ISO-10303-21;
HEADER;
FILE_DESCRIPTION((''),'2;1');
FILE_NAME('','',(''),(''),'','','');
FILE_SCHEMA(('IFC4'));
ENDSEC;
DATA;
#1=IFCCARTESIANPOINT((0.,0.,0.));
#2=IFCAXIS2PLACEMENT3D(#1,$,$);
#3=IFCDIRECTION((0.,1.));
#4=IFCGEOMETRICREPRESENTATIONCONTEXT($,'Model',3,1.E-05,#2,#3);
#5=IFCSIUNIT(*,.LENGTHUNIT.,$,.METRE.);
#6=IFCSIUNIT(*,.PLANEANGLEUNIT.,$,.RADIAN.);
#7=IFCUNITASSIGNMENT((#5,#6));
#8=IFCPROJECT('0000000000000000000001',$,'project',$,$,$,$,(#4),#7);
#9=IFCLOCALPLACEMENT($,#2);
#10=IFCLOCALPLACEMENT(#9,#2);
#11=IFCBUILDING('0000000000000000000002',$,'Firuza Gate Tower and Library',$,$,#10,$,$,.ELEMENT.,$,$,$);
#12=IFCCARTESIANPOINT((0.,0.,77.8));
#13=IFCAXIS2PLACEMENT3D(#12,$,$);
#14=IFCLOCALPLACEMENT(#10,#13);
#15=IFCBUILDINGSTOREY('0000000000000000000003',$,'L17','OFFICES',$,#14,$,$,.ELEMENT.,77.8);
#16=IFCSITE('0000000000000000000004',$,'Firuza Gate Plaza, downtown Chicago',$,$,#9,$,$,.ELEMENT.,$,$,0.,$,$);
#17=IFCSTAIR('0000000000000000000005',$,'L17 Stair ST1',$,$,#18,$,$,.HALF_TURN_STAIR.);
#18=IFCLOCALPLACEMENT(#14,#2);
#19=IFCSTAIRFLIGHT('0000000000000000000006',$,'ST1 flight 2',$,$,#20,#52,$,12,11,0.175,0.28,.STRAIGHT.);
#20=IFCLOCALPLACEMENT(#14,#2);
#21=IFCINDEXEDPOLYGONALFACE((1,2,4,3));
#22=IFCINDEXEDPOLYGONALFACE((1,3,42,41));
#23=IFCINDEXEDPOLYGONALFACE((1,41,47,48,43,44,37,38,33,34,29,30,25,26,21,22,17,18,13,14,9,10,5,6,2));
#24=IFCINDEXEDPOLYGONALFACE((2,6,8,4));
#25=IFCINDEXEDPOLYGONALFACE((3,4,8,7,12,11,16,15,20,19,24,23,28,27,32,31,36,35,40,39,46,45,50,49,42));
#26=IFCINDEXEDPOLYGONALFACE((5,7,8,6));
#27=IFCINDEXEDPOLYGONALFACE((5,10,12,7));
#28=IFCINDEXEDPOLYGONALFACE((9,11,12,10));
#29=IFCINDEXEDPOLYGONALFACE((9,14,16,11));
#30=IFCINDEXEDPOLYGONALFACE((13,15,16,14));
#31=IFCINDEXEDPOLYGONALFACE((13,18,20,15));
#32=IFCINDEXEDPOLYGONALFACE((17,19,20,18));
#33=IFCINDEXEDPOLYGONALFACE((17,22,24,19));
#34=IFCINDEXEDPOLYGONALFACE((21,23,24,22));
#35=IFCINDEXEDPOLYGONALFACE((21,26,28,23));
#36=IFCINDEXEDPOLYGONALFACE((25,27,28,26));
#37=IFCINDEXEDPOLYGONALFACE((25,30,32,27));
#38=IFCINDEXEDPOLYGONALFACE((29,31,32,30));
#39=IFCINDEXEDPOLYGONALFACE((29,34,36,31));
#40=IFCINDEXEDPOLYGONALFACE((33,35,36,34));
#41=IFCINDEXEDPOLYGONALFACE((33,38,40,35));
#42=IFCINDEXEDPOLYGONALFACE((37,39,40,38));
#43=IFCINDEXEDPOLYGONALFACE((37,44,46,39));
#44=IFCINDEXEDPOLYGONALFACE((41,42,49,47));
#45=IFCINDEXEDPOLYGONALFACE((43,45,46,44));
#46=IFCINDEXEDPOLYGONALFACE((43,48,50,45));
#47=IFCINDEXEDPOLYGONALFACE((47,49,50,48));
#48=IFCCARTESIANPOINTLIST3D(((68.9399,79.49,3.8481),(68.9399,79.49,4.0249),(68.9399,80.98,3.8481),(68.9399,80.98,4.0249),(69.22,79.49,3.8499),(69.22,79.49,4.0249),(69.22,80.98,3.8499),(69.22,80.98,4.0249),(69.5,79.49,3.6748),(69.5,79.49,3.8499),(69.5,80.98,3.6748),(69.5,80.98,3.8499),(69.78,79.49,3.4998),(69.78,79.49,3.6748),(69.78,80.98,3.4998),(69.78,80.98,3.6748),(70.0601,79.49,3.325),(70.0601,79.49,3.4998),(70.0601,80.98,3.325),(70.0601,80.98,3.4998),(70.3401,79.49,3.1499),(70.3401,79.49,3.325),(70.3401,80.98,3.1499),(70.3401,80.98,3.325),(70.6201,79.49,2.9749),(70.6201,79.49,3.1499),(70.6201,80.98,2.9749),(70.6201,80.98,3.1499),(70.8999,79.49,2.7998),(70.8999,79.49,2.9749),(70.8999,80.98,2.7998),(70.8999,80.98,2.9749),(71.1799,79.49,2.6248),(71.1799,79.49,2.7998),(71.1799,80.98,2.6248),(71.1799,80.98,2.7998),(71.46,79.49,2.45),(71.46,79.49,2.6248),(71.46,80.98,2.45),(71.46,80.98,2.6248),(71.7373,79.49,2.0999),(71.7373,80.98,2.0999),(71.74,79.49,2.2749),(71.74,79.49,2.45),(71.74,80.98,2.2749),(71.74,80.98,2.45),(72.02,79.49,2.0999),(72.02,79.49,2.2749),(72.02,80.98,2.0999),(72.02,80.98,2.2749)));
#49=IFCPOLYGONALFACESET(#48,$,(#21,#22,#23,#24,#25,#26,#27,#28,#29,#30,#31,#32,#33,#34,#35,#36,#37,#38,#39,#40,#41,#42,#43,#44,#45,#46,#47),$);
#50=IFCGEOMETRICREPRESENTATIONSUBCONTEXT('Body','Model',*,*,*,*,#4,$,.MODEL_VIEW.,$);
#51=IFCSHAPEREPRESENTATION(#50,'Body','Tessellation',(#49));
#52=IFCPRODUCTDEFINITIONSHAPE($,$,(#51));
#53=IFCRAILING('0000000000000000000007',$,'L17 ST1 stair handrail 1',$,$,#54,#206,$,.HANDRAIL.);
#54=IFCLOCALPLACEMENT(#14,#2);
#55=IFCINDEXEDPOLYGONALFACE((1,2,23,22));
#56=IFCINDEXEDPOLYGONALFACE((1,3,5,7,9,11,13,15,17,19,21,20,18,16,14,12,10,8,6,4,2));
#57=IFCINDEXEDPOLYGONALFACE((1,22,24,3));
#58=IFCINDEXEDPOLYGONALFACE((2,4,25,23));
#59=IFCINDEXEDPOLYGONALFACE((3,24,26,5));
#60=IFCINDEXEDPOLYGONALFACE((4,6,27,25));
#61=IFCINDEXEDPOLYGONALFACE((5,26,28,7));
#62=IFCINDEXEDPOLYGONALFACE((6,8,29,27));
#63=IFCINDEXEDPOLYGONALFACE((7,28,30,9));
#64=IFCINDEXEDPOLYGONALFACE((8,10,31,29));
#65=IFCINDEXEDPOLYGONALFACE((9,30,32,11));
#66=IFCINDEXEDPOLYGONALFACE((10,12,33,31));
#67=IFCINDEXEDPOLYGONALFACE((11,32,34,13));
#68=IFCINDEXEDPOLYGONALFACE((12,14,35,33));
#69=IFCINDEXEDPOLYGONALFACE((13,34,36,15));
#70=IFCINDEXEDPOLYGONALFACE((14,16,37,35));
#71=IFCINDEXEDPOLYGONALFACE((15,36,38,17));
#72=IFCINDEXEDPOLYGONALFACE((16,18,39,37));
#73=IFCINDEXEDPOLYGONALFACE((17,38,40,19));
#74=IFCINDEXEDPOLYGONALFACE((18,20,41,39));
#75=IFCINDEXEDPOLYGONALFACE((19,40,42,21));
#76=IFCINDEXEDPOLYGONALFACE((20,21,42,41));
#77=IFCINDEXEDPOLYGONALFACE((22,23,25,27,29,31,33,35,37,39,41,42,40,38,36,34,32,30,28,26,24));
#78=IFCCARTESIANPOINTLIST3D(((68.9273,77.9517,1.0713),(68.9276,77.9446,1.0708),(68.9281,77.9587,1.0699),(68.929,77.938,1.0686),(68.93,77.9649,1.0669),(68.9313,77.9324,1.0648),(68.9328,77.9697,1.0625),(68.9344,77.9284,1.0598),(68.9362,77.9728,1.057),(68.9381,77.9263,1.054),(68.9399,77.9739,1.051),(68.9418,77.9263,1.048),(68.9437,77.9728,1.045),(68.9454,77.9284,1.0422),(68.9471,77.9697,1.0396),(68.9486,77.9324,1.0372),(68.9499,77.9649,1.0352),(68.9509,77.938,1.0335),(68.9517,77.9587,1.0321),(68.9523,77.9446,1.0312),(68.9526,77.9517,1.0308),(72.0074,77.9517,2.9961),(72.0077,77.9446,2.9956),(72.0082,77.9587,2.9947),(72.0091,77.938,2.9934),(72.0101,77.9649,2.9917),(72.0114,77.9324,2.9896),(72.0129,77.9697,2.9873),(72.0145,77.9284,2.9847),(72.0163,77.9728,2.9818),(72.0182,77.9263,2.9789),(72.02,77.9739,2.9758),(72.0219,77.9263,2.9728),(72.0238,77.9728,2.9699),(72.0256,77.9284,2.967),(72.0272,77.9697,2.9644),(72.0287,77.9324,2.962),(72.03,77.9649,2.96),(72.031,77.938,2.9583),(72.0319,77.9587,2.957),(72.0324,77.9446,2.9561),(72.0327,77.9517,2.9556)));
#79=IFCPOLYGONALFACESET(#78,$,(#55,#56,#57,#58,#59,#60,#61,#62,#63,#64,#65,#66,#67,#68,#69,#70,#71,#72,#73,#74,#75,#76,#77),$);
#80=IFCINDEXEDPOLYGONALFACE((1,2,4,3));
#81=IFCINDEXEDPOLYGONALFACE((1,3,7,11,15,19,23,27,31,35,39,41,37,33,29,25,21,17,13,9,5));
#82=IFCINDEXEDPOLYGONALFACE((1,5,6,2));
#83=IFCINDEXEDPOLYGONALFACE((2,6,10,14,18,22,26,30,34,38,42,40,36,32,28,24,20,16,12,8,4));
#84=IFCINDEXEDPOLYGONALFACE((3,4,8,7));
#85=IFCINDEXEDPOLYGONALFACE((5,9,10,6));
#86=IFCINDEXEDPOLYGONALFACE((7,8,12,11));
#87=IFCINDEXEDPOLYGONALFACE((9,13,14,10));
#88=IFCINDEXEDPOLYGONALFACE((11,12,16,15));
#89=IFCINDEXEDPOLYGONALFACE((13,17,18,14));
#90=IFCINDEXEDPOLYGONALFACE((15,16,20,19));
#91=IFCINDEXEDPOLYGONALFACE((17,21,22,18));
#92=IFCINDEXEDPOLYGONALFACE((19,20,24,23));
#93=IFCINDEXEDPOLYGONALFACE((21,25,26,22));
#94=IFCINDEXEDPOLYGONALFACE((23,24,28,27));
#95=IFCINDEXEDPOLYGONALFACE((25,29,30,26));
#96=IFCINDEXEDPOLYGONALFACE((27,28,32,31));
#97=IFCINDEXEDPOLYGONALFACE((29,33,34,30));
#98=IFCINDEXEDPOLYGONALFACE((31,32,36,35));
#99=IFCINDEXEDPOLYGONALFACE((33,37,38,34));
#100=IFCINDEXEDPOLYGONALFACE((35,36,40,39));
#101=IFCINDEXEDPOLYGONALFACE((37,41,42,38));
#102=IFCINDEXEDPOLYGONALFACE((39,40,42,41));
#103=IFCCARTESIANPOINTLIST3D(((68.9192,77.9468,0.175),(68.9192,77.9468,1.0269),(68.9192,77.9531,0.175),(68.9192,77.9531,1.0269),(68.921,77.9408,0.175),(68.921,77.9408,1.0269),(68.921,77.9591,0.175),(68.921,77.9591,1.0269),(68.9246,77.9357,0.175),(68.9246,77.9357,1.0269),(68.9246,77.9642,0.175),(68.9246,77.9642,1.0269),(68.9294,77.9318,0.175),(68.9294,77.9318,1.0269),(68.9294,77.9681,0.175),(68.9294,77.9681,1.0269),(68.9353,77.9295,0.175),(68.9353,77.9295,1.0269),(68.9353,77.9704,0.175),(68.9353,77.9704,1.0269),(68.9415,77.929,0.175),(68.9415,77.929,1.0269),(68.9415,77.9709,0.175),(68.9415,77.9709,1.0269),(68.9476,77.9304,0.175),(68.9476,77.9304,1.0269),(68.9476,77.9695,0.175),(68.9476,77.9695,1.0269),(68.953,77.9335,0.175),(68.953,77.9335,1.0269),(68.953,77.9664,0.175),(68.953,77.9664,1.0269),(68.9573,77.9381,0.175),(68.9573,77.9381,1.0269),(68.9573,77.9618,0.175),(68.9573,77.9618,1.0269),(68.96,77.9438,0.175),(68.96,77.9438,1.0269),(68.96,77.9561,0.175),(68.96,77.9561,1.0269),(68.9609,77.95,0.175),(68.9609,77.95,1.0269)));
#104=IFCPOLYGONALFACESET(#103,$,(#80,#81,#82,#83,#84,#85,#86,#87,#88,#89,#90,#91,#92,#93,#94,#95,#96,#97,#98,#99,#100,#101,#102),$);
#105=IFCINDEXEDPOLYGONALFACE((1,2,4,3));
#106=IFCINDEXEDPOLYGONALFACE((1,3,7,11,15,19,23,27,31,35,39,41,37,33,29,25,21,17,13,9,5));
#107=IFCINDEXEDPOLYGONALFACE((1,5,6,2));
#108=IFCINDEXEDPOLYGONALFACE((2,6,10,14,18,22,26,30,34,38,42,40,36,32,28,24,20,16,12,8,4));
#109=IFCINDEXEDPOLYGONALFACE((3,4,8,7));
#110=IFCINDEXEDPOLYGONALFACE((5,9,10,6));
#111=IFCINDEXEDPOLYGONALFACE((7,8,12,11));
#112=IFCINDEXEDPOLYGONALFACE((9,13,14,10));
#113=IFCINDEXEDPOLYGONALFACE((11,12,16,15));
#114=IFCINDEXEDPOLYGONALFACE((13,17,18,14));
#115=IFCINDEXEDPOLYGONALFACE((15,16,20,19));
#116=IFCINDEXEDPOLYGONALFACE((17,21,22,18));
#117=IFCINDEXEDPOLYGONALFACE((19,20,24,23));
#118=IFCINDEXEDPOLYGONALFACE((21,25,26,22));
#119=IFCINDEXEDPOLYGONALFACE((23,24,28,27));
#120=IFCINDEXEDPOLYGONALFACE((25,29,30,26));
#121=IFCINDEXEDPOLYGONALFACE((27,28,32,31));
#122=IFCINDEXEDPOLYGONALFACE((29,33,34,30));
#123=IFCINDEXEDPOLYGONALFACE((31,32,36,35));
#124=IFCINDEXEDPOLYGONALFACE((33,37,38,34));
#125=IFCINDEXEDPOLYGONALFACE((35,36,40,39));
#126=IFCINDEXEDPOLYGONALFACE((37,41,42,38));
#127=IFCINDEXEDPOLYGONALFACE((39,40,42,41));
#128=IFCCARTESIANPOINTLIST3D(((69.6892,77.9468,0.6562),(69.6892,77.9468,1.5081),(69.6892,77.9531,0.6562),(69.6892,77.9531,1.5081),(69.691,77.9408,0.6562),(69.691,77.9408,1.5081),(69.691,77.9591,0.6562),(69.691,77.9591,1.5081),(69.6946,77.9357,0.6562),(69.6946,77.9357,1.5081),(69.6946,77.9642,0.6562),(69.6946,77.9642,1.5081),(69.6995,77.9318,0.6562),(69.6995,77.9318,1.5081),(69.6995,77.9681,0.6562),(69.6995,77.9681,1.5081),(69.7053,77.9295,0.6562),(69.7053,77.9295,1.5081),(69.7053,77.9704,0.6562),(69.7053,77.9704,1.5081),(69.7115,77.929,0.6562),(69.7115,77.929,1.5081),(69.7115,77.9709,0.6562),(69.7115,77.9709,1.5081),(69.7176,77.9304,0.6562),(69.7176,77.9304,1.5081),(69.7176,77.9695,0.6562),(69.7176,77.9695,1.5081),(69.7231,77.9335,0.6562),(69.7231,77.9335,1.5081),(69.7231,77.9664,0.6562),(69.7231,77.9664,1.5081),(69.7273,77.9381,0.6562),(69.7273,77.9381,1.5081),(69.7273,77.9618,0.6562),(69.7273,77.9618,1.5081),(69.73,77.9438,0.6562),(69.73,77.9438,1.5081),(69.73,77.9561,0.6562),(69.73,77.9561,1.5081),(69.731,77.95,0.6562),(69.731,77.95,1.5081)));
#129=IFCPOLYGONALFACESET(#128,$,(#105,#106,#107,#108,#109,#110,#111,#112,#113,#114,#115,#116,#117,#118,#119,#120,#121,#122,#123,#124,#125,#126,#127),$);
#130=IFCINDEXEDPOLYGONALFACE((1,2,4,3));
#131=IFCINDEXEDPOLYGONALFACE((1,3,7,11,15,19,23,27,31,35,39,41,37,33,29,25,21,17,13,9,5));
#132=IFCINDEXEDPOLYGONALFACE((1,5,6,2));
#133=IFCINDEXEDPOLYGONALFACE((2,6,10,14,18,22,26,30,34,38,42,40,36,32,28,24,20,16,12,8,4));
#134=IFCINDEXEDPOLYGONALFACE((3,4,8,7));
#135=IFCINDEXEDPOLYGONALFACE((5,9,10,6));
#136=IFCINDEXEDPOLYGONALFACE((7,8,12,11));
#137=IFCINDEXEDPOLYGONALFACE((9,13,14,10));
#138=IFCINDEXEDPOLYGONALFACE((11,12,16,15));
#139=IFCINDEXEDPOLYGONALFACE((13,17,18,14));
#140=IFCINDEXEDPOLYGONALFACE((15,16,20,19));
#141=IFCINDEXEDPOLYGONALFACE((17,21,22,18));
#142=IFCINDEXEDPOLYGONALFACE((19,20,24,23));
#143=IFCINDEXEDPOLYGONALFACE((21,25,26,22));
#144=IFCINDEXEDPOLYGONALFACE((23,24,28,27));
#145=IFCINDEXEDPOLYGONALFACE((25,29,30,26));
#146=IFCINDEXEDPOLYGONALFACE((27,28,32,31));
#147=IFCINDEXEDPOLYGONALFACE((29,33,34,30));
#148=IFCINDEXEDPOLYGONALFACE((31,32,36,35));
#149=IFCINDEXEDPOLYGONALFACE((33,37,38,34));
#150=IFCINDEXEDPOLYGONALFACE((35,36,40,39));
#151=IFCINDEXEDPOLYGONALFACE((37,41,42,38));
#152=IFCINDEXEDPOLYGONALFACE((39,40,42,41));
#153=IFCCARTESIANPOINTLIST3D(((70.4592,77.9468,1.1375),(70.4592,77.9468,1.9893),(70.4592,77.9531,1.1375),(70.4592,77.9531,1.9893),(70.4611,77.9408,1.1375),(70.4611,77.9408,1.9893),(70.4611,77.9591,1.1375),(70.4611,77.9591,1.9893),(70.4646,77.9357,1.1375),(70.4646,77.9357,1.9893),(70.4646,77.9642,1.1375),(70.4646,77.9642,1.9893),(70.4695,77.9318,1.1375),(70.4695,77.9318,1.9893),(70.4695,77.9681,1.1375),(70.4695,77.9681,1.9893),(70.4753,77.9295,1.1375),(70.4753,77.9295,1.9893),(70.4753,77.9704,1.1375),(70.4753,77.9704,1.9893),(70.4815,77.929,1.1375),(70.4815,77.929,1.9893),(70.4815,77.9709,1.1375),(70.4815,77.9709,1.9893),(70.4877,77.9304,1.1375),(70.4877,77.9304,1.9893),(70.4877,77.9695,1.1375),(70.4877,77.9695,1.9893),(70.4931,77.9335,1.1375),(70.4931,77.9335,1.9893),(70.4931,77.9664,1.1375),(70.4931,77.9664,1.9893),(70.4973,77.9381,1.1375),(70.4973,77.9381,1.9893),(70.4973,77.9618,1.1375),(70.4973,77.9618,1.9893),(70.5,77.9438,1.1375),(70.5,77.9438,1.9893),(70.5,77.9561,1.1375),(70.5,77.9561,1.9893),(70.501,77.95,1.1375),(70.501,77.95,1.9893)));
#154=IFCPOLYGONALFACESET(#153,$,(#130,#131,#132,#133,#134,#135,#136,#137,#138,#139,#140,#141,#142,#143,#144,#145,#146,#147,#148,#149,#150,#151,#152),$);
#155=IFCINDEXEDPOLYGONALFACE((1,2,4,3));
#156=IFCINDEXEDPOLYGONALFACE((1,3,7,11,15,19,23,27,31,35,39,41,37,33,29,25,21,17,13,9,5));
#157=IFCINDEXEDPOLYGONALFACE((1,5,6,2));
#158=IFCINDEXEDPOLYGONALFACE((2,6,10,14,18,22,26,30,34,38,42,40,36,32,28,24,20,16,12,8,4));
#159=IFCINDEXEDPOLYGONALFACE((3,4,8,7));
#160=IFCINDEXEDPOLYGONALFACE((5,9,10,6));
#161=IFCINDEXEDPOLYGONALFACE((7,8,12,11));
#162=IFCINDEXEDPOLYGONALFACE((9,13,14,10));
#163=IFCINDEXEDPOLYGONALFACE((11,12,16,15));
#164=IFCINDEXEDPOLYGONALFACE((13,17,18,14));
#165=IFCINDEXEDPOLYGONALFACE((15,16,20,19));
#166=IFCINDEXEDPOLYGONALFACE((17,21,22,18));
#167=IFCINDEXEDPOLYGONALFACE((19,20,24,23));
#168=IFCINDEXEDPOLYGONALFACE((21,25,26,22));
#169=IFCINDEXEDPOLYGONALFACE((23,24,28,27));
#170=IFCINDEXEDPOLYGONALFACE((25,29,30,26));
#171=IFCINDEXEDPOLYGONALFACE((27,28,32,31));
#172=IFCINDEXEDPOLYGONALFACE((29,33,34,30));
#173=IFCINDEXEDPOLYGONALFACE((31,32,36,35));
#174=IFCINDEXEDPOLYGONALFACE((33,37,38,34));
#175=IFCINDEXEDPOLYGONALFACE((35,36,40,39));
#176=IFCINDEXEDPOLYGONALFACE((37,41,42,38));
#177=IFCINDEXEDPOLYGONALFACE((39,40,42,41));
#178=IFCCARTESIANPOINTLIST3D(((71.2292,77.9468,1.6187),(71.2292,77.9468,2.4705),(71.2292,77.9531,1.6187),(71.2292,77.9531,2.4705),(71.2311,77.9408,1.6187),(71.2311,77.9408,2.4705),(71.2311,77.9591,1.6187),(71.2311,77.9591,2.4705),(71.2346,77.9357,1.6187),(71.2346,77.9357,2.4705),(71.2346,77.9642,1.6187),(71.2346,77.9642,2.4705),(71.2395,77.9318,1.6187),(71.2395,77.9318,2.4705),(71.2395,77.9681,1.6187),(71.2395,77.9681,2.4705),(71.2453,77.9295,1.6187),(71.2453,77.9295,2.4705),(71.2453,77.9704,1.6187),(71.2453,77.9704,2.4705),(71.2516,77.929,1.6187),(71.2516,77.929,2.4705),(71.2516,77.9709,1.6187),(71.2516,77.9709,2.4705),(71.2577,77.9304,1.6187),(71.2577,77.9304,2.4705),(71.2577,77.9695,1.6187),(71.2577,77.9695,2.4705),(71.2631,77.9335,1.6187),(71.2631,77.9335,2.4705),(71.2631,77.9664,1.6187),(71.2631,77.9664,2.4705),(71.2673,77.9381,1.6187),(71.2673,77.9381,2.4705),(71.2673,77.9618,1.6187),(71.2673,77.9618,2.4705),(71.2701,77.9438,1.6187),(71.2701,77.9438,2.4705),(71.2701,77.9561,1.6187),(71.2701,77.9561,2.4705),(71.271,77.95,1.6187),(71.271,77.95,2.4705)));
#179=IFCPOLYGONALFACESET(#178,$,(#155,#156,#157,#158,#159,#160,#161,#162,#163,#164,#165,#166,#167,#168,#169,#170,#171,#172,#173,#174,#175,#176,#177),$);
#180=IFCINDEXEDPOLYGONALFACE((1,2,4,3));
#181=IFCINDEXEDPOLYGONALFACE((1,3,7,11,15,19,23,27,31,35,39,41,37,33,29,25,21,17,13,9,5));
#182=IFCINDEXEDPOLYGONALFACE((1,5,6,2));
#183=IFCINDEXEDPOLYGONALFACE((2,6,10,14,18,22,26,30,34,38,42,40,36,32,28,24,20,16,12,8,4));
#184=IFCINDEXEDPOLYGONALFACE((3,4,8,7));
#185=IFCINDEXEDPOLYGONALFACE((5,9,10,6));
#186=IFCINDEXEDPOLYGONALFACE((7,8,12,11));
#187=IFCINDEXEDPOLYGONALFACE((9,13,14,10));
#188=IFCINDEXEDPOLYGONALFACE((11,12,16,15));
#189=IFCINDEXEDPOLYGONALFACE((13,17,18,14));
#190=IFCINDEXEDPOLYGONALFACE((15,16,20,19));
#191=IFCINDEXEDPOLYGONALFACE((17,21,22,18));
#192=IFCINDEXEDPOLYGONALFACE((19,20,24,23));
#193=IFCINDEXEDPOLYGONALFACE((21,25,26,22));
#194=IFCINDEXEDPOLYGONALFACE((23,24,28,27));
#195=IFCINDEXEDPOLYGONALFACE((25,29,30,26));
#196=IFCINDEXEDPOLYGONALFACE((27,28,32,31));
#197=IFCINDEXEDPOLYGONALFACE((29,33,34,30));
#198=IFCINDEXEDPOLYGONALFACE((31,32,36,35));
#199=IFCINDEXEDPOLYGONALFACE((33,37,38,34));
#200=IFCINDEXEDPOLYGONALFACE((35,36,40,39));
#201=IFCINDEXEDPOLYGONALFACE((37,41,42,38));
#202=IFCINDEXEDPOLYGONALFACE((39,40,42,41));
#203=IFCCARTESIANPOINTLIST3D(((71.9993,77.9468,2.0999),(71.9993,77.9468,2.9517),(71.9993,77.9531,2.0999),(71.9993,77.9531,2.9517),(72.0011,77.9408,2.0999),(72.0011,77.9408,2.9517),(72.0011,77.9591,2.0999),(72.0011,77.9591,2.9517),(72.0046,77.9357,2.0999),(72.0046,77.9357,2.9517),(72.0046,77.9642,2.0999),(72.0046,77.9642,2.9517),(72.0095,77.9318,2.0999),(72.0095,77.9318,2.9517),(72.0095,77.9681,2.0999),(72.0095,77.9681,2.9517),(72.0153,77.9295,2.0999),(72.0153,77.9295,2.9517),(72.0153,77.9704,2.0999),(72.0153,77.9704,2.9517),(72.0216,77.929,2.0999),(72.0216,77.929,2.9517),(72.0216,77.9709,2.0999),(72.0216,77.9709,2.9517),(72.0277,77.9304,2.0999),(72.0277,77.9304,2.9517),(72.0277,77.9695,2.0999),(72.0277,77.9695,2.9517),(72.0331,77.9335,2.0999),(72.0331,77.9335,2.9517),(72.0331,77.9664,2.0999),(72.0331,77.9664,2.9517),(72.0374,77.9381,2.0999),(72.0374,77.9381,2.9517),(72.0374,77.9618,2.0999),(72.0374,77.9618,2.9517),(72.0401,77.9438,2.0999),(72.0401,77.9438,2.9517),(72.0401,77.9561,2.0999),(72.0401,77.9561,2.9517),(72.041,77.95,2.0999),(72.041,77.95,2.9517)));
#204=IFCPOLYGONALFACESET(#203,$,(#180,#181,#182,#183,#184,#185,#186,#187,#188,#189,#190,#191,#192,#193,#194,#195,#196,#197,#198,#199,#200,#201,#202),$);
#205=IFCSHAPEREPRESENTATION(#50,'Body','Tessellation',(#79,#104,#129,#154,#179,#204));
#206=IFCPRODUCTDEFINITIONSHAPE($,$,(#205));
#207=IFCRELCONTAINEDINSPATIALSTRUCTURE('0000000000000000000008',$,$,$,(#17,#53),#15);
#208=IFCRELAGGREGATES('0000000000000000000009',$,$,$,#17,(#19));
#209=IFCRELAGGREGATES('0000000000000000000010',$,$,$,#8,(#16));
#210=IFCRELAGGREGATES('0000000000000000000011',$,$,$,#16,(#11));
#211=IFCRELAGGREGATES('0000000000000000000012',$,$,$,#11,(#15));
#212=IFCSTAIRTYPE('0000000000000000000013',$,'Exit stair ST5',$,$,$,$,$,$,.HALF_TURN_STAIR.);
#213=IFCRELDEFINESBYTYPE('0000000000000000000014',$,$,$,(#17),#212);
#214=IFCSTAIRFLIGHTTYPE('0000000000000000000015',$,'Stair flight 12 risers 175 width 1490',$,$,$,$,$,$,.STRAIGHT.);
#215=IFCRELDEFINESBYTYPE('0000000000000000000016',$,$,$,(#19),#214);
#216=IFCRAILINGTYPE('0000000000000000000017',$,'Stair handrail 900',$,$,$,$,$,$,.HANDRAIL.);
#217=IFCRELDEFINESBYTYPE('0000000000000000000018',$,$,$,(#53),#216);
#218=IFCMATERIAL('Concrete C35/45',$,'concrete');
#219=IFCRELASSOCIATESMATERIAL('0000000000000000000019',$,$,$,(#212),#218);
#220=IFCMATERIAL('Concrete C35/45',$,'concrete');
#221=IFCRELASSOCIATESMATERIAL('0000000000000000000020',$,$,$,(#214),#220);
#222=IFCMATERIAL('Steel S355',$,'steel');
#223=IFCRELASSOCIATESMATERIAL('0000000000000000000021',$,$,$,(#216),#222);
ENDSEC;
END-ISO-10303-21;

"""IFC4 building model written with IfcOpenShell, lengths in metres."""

from ifc_helpers import new_model, si_unit, direction, frame, origin, origin_2d, place, context, subcontext, project, spatial, polyline, circle, outline, extrude, material, type_object, element, aggregate, save


model = new_model("IFC4")

# Units and contexts
model_context = context("Model", 3, precision=1e-05, world=origin(), true_north=direction((0.0, 1.0)))
body_context = subcontext(model_context, "Body", "Model", "MODEL_VIEW")
ifc_project = project(units=[si_unit("LENGTHUNIT", "METRE"), si_unit("PLANEANGLEUNIT", "RADIAN")], contexts=[model_context])

# Site, building, storey
site_placement = place(None, origin())
site = spatial("IfcSite", under=ifc_project, at=site_placement, Name="Firuza Gate Plaza, downtown Chicago", CompositionType="ELEMENT", RefElevation=0.0)
building_placement = place(site_placement, origin())
building = spatial("IfcBuilding", under=site, at=building_placement, Name="Firuza Gate Tower and Library", CompositionType="ELEMENT")
storey_placement = place(building_placement, frame((0.0, 0.0, 77.8)))
storey = spatial("IfcBuildingStorey", under=building, at=storey_placement, Name="L17", Description="OFFICES", CompositionType="ELEMENT", Elevation=77.8)

# Stair, stair flight
ifc_material_1 = material(Name="Concrete C35/45", Category="concrete")
stair_type = type_object("IfcStairType", Name="Exit stair ST5", PredefinedType="HALF_TURN_STAIR", material=ifc_material_1)
stair_placement = place(storey_placement, origin())
stair = element("IfcStair", 1, at=stair_placement, inside=storey, type_object=stair_type, Name="L17 Stair ST1", PredefinedType="HALF_TURN_STAIR")
ifc_material_2 = material(Name="Concrete C35/45", Category="concrete")
stair_flight_type = type_object("IfcStairFlightType", Name="Stair flight 12 risers 175 width 1490", PredefinedType="STRAIGHT", material=ifc_material_2)
stair_flight_1_placement = place(storey_placement, frame((72.02, 80.2351, 2.0999), z_axis=(0.0, 0.0, 1.0), x_axis=(-1.0, 0.0, 0.0)))
stair_flight_1 = element("IfcStairFlight", 2, at=stair_flight_1_placement, type_object=stair_flight_type, Name="ST1 flight 2", NumberOfRisers=12, NumberOfTreads=11, PredefinedType="STRAIGHT", RiserHeight=0.175, TreadLength=0.28, context=body_context, shape_type="SweptSolid", body=[
    extrude(outline(polyline([(0.0, 0.0), (0.0, 0.175), (0.28, 0.175), (0.28, 0.3501), (0.5601, 0.3501), (0.5601, 0.5249), (0.8401, 0.5249), (0.8401, 0.7), (1.1201, 0.7), (1.1201, 0.875), (1.3999, 0.875), (1.3999, 1.05), (1.6799, 1.05), (1.6799, 1.2251), (1.96, 1.2251), (1.96, 1.3999), (2.24, 1.3999), (2.24, 1.575), (2.52, 1.575), (2.52, 1.75), (2.8, 1.75), (2.8, 1.925), (3.0801, 1.925), (3.0801, 2.1001), (3.0801, 1.7483), (0.2827, 0.0), (0.0, 0.0)])), frame((0.0, 0.7451, 0.0), z_axis=(0.0, -1.0, 0.0), x_axis=(1.0, 0.0, 0.0)), (0.0, 0.0, 1.0), 1.49),
])
aggregate(stair, [stair_flight_1])

# Railing
ifc_material_3 = material(Name="Steel S355", Category="steel")
railing_type_1 = type_object("IfcRailingType", Name="Stair handrail 900", PredefinedType="HANDRAIL", material=ifc_material_3)
railing_1_placement = place(storey_placement, frame((68.9399, 77.95, 0.175)))
element("IfcRailing", 3, at=railing_1_placement, inside=storey, type_object=railing_type_1, Name="L17 ST1 stair handrail 1", PredefinedType="HANDRAIL", context=body_context, shape_type="SweptSolid", body=[
    extrude(circle(Radius=0.0239, at=origin_2d()), frame((0.0, 0.0, 0.876), z_axis=(0.848029, 0.0, 0.529951), x_axis=(0.0, 1.0, 0.0)), (0.0, 0.0, 1.0), 3.6321),
    extrude(circle(Radius=0.021, at=origin_2d()), origin(), (0.0, 0.0, 1.0), 0.8518),
    extrude(circle(Radius=0.021, at=origin_2d()), frame((0.77, 0.0, 0.4812)), (0.0, 0.0, 1.0), 0.8518),
    extrude(circle(Radius=0.021, at=origin_2d()), frame((1.54, 0.0, 0.9624)), (0.0, 0.0, 1.0), 0.8518),
    extrude(circle(Radius=0.021, at=origin_2d()), frame((2.3101, 0.0, 1.4436)), (0.0, 0.0, 1.0), 0.8518),
    extrude(circle(Radius=0.021, at=origin_2d()), frame((3.0801, 0.0, 1.9248)), (0.0, 0.0, 1.0), 0.8518),
])

save(model, "model.ifc")
